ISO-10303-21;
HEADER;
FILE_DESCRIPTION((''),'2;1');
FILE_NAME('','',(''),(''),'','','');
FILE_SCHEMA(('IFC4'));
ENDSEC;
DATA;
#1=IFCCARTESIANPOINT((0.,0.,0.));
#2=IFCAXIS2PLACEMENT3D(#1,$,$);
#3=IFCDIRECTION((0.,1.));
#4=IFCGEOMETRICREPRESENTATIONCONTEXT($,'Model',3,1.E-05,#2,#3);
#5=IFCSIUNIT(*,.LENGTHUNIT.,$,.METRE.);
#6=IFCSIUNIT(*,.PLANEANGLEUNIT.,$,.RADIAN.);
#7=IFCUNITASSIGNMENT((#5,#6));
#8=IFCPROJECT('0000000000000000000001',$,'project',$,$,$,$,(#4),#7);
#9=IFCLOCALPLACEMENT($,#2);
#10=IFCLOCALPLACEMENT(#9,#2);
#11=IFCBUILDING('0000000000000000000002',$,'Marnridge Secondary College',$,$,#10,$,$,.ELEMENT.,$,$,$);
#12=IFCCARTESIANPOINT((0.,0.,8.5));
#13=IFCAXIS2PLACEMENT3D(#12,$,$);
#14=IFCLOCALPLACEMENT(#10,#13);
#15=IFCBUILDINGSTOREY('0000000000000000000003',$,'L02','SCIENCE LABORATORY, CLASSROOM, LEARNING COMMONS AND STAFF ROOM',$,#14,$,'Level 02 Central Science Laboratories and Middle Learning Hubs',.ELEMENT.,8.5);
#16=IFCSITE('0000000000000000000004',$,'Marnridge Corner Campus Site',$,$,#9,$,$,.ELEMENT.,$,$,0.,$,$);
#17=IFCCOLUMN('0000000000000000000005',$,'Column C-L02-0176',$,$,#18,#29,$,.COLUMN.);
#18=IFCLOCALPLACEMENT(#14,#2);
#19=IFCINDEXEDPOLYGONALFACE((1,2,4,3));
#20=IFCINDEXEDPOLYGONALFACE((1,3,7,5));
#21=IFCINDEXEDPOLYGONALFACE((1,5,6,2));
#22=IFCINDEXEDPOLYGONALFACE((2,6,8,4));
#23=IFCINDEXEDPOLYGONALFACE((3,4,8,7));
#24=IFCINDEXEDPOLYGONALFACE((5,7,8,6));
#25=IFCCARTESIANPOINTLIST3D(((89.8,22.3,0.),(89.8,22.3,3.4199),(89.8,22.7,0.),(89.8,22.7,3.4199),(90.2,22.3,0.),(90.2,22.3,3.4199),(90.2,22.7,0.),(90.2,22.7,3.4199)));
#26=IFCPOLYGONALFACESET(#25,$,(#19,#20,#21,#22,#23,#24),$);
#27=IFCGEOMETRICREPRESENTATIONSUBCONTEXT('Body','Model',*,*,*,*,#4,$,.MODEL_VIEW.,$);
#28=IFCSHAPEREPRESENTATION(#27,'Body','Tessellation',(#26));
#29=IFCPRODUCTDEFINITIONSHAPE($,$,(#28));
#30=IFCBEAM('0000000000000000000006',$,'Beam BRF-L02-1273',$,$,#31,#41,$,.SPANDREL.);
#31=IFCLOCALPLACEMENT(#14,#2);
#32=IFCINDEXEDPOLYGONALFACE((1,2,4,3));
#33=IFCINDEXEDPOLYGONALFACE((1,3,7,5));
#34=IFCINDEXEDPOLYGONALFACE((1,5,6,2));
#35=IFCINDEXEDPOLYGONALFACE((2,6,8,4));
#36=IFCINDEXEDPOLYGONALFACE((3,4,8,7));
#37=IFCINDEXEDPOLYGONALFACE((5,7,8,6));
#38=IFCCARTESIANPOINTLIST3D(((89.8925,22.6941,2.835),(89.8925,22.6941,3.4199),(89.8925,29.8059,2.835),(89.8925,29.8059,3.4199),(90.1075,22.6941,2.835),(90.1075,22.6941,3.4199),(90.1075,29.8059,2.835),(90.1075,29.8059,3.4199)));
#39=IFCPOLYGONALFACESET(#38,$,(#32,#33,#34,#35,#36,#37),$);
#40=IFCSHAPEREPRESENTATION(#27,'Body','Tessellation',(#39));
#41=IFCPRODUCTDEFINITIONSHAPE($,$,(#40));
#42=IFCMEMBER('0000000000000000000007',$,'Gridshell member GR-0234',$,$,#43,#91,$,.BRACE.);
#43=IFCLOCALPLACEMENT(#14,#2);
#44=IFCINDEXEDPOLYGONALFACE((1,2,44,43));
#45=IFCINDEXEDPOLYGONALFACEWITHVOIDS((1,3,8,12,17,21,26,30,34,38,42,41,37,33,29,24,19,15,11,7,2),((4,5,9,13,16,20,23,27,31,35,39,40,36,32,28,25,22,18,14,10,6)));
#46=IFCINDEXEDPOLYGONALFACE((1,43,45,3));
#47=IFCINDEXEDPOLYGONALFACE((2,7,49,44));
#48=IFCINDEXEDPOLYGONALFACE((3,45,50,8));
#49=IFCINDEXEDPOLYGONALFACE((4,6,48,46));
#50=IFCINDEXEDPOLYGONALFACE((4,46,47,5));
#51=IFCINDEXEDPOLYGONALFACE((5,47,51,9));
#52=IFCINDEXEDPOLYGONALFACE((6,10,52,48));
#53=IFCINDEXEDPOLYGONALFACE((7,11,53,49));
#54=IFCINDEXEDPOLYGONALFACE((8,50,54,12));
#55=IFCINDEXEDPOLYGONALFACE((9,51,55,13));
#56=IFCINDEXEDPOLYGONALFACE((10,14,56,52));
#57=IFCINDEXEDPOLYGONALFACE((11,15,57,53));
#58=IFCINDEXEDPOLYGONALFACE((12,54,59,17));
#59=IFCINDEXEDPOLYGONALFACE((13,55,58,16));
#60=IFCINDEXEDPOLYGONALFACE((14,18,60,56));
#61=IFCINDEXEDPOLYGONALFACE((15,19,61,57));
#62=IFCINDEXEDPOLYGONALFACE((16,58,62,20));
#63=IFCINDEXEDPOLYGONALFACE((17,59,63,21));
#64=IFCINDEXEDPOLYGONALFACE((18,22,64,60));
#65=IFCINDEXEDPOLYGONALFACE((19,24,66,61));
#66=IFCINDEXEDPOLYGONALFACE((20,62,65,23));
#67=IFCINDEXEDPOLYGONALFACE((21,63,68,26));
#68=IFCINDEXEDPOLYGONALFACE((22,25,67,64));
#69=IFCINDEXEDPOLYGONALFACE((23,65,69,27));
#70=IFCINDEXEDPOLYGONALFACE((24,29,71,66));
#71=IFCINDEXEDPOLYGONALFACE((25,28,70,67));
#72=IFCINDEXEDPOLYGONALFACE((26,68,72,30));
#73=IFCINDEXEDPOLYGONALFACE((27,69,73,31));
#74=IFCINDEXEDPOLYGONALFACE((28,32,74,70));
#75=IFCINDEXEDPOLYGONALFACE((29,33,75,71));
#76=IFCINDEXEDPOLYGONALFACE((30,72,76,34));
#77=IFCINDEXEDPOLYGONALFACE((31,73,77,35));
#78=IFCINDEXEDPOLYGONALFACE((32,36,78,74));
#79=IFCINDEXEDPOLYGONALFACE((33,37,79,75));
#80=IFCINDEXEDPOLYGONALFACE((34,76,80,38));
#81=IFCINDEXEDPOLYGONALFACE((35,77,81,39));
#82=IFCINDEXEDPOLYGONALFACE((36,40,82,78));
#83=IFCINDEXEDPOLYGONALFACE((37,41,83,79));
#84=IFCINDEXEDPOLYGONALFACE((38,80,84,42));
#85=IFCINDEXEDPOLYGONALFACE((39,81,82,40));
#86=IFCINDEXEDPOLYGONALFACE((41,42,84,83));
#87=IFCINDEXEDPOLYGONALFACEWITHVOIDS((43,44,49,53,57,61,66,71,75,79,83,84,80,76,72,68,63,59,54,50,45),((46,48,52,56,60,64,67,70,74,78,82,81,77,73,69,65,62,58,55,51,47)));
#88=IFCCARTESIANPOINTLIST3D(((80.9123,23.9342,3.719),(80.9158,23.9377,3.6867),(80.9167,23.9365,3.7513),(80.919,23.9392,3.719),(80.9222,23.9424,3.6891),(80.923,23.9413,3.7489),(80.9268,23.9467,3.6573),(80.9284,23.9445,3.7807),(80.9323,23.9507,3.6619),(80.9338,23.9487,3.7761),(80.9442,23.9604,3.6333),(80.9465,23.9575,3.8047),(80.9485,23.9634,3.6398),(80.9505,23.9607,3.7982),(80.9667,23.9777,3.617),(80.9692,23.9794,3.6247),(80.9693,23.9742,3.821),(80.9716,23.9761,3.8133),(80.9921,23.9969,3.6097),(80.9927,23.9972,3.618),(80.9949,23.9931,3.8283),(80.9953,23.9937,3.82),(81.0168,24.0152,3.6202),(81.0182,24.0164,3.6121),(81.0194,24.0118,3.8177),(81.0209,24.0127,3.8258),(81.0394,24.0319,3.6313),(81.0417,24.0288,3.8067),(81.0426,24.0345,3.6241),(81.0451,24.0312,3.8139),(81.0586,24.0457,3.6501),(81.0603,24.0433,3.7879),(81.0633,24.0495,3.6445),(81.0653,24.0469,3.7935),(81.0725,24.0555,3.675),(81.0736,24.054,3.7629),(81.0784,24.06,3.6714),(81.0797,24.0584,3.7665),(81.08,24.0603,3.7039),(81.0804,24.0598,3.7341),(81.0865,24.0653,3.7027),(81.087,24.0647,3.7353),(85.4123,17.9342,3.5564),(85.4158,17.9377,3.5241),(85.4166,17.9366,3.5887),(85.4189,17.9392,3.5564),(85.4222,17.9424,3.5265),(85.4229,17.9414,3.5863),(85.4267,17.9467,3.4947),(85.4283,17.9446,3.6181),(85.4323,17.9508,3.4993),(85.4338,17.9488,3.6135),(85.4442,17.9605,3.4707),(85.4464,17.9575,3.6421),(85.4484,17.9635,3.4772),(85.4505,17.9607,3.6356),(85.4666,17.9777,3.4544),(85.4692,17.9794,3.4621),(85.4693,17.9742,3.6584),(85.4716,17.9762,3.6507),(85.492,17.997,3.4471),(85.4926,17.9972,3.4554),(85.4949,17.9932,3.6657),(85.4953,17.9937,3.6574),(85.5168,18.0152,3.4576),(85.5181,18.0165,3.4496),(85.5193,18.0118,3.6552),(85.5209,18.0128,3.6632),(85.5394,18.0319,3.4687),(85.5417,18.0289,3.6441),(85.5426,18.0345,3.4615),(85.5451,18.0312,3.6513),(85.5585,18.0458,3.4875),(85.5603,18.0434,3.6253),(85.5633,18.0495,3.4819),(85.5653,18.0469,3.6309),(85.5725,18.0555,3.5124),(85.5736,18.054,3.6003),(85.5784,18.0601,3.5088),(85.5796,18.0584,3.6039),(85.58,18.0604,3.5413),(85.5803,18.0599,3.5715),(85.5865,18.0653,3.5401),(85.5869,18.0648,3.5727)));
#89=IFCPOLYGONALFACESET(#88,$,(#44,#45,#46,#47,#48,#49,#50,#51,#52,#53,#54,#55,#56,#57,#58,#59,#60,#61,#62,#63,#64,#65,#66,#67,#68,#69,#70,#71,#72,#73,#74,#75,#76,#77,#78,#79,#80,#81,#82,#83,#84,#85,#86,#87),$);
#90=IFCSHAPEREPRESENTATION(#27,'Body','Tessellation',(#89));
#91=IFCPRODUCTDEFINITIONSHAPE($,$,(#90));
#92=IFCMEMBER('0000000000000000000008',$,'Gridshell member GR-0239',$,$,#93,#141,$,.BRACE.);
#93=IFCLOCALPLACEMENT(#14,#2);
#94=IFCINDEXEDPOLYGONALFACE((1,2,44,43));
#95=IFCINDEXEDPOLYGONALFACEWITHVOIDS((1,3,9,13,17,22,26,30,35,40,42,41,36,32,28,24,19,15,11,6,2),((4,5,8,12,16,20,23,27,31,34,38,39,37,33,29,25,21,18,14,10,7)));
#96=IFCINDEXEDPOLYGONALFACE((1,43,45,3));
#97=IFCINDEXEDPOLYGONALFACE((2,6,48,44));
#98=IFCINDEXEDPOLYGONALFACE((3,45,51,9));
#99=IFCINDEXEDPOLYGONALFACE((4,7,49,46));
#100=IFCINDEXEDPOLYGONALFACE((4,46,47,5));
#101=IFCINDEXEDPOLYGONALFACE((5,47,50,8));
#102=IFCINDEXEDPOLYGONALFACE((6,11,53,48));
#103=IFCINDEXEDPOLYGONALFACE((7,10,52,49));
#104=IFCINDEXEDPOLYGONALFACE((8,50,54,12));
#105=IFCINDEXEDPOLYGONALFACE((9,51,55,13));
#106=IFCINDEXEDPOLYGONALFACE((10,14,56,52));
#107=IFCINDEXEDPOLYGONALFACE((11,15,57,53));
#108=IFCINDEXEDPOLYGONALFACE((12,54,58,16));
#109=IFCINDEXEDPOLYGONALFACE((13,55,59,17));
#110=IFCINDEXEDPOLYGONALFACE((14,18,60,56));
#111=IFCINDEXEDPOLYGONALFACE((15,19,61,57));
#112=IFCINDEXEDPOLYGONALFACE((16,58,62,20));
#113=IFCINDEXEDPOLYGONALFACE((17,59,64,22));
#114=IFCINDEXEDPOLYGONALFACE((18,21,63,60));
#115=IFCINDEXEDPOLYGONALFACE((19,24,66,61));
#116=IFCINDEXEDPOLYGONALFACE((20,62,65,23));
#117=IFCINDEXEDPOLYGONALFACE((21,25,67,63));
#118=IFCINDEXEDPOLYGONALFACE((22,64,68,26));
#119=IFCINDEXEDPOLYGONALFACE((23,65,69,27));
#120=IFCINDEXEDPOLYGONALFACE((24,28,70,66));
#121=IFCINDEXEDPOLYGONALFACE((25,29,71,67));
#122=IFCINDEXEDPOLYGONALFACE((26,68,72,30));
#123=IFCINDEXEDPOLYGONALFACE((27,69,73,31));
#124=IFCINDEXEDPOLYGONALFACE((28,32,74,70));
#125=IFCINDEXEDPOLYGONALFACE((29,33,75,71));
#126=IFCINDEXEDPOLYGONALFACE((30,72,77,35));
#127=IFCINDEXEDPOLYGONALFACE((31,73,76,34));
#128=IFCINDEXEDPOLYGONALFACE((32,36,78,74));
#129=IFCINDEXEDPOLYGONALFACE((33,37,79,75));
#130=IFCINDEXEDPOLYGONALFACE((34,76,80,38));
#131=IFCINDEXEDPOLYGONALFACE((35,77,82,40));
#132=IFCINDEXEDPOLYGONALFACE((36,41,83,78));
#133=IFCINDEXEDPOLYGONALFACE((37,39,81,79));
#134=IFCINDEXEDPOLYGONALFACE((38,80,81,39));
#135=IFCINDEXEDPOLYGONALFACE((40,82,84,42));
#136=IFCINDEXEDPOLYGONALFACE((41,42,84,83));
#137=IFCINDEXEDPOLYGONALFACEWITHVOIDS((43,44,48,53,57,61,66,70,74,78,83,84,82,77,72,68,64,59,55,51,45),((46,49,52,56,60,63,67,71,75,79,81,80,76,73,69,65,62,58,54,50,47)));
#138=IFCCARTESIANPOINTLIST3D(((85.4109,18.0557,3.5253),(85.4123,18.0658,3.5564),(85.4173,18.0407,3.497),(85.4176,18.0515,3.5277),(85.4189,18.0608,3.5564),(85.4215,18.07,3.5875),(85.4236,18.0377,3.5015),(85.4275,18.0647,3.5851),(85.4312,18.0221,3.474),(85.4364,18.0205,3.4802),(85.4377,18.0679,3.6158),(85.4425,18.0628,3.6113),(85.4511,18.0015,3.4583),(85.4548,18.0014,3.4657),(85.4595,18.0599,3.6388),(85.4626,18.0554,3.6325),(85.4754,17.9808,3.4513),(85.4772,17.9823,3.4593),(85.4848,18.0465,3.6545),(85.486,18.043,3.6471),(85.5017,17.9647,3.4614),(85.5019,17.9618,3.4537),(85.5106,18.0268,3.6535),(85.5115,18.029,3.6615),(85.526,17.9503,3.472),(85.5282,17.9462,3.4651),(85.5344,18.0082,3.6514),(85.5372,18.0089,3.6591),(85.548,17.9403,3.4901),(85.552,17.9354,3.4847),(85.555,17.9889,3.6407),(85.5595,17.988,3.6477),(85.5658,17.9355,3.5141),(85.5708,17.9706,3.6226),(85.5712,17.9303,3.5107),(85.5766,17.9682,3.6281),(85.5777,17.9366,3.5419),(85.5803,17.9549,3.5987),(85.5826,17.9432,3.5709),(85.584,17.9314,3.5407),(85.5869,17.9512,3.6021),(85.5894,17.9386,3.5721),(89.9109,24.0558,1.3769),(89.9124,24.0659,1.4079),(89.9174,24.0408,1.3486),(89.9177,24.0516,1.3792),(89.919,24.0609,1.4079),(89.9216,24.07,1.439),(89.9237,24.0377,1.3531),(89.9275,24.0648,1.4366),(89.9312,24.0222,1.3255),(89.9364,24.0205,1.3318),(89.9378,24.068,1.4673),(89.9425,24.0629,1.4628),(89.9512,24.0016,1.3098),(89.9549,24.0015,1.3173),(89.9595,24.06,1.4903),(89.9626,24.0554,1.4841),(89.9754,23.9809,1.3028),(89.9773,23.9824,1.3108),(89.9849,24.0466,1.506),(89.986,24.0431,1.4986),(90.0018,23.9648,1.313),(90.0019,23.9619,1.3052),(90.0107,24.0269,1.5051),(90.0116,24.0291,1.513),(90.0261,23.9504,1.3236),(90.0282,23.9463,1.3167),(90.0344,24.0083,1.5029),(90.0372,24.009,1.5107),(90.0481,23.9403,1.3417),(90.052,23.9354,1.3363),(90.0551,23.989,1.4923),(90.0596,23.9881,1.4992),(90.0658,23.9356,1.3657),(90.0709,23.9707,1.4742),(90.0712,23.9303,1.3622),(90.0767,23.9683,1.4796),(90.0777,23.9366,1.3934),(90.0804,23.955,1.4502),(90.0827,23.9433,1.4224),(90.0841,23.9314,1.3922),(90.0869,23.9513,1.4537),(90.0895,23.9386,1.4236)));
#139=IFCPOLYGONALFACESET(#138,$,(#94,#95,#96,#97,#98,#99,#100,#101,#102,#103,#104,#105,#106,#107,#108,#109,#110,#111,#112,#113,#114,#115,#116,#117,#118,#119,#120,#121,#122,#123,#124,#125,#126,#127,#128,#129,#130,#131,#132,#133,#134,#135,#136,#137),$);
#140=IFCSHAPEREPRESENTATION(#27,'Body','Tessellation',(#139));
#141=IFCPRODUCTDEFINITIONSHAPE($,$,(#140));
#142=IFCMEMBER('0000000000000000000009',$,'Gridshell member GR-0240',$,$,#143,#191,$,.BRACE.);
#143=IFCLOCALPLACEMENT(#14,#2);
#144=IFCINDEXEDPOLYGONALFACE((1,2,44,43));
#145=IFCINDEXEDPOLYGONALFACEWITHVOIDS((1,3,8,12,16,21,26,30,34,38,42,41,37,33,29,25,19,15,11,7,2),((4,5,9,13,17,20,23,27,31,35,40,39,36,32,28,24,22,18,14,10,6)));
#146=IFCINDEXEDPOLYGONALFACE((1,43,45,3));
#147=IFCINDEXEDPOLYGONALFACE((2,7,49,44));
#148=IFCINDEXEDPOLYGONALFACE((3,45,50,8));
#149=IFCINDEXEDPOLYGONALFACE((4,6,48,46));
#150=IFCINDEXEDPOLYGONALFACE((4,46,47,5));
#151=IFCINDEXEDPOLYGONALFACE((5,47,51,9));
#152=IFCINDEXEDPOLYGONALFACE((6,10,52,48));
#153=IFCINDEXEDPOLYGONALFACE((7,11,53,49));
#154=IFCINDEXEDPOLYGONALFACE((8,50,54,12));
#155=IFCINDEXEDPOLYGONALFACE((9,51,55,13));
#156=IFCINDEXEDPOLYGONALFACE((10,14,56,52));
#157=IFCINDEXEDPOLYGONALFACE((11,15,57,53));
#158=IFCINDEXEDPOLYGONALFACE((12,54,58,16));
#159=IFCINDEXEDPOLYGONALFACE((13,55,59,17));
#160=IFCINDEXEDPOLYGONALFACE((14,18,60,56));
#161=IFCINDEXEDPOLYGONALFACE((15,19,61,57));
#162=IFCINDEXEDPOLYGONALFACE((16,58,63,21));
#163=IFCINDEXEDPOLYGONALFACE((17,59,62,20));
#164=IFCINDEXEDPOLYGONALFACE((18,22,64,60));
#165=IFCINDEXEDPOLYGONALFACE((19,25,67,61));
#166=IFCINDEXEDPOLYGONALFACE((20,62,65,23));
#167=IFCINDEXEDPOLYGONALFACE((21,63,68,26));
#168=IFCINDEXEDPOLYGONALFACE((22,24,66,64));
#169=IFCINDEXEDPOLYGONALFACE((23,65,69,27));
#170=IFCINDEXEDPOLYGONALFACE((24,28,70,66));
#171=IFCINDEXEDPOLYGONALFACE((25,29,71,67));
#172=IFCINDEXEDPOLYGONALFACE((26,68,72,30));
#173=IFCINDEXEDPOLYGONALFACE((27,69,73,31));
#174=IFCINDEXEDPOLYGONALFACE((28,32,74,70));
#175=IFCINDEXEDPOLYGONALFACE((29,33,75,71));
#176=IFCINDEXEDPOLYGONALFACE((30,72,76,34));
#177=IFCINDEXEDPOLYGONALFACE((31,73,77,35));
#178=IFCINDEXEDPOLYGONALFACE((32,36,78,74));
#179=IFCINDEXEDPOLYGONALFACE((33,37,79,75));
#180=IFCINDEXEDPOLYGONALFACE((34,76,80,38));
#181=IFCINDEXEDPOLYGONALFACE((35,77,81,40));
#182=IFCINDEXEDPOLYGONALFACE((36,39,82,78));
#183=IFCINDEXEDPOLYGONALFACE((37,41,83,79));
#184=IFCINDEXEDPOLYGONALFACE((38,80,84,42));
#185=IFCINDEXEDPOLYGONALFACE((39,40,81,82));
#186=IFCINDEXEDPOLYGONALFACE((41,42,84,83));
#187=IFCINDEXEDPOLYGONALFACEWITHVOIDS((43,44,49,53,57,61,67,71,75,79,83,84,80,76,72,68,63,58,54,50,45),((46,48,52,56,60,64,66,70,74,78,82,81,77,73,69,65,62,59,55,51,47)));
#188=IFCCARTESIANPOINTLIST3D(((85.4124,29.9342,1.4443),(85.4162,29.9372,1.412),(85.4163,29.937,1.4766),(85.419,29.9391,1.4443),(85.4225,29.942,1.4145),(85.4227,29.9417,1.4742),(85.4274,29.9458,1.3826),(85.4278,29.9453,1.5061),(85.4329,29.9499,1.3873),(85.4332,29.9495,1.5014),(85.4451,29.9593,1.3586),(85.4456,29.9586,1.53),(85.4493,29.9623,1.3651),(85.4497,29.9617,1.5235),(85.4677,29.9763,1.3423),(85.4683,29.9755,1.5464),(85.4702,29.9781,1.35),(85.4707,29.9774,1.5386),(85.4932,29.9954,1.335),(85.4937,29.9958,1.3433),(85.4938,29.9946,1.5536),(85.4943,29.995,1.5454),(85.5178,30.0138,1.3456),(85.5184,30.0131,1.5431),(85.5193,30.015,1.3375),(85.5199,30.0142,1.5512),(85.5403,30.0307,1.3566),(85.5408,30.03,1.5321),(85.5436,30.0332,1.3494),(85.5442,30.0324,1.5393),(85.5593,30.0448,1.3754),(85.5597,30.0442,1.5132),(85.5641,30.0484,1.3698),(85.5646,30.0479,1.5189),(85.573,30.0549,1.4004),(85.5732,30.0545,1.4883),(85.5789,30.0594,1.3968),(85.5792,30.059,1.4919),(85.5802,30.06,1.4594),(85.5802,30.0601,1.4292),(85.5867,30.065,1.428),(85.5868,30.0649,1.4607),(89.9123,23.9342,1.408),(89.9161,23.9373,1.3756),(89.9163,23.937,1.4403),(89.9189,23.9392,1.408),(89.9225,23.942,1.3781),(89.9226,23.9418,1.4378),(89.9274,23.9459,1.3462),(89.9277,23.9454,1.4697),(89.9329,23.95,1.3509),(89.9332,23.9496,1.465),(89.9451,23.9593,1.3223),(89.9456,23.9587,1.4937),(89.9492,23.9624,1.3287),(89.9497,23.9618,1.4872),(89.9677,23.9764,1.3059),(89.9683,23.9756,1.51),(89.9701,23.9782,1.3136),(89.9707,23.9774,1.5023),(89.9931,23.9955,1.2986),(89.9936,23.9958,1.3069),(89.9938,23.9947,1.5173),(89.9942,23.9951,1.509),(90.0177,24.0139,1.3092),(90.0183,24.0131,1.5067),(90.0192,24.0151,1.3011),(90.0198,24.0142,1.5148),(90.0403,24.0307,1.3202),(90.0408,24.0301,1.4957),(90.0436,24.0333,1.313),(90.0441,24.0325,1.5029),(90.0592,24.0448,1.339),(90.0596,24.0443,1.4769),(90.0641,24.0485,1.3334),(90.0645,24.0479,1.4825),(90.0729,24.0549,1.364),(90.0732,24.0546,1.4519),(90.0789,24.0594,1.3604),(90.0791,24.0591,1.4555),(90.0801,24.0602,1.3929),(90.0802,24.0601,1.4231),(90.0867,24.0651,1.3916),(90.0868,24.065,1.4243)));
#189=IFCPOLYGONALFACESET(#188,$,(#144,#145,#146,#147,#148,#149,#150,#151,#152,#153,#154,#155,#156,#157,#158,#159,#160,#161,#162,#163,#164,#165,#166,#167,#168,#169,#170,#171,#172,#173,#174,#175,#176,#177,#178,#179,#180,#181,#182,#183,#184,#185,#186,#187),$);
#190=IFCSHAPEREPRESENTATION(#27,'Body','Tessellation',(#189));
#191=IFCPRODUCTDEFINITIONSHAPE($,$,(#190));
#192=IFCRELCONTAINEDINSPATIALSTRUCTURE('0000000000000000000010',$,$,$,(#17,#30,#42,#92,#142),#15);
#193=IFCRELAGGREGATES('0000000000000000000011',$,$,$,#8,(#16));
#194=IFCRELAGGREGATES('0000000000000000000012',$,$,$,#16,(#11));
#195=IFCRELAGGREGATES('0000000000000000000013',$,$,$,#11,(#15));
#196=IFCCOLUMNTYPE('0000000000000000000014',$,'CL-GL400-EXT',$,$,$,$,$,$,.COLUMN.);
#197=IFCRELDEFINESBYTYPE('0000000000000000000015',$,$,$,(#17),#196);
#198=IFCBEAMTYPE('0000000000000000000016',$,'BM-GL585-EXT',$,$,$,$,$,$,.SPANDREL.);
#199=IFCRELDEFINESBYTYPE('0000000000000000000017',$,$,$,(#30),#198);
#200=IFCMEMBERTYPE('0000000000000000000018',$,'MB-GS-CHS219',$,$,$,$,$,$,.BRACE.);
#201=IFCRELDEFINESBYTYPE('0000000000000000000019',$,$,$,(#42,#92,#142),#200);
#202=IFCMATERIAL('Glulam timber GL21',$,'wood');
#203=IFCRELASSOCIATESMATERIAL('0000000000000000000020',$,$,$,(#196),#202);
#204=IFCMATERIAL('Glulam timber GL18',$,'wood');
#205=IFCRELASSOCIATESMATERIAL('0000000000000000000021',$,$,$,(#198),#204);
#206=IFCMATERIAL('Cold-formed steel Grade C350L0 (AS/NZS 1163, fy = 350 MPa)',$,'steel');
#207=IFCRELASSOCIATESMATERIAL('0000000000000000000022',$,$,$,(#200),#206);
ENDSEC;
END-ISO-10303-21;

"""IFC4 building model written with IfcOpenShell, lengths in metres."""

from ifc_helpers import new_model, si_unit, direction, frame, origin, origin_2d, place, context, subcontext, project, spatial, rectangle, hollow_circle, extrude, material, material_profile, profile_set, type_object, element, save


model = new_model("IFC4")

# Units and contexts
model_context = context("Model", 3, precision=1e-05, world=origin(), true_north=direction((0.0, 1.0)))
body_context = subcontext(model_context, "Body", "Model", "MODEL_VIEW")
ifc_project = project(units=[si_unit("LENGTHUNIT", "METRE"), si_unit("PLANEANGLEUNIT", "RADIAN")], contexts=[model_context])

# Site, building, storey
site_placement = place(None, origin())
site = spatial("IfcSite", under=ifc_project, at=site_placement, Name="Marnridge Corner Campus Site", CompositionType="ELEMENT", RefElevation=0.0)
building_placement = place(site_placement, origin())
building = spatial("IfcBuilding", under=site, at=building_placement, Name="Marnridge Secondary College", CompositionType="ELEMENT")
storey_placement = place(building_placement, frame((0.0, 0.0, 8.5)))
storey = spatial("IfcBuildingStorey", under=building, at=storey_placement, Name="L02", Description="SCIENCE LABORATORY, CLASSROOM, LEARNING COMMONS AND STAFF ROOM", LongName="Level 02 Central Science Laboratories and Middle Learning Hubs", CompositionType="ELEMENT", Elevation=8.5)

# Column
ifc_material_1 = material(Name="Glulam timber GL21", Category="wood")
ifc_material_profile_1 = material_profile(ifc_material_1, rectangle(XDim=0.3999, YDim=0.3999, at=origin_2d()), Name="GL21 400x400")
ifc_profile_set_1 = profile_set([ifc_material_profile_1], Name="Glulam timber GL21")
column_type = type_object("IfcColumnType", Name="CL-GL400-EXT", PredefinedType="COLUMN", material=ifc_profile_set_1)
column_placement = place(storey_placement, frame((90.0, 22.5, 0.0), z_axis=(0.0, 0.0, 1.0), x_axis=(1.0, 0.0, 0.0)))
element("IfcColumn", 1, at=column_placement, inside=storey, type_object=column_type, Name="Column C-L02-0176", PredefinedType="COLUMN", context=body_context, shape_type="SweptSolid", body=[
    extrude(rectangle(XDim=0.3999, YDim=0.3999, at=origin_2d()), origin(), (0.0, 0.0, 1.0), 3.4199),
])

# Beam
ifc_material_2 = material(Name="Glulam timber GL18", Category="wood")
ifc_material_profile_2 = material_profile(ifc_material_2, rectangle(XDim=0.2151, YDim=0.585, at=origin_2d()), Name="GL18 215x585")
ifc_profile_set_2 = profile_set([ifc_material_profile_2], Name="Glulam timber GL18")
beam_type = type_object("IfcBeamType", Name="BM-GL585-EXT", PredefinedType="SPANDREL", material=ifc_profile_set_2)
beam_placement = place(storey_placement, frame((90.0, 22.6941, 3.1274), z_axis=(0.0, 1.0, 0.0), x_axis=(-1.0, 0.0, 0.0)))
element("IfcBeam", 2, at=beam_placement, inside=storey, type_object=beam_type, Name="Beam BRF-L02-1273", PredefinedType="SPANDREL", context=body_context, shape_type="SweptSolid", body=[
    extrude(rectangle(XDim=0.2151, YDim=0.585, at=origin_2d()), origin(), (0.0, 0.0, 1.0), 7.1118),
])

# Members
ifc_material_3 = material(Name="Cold-formed steel Grade C350L0 (AS/NZS 1163, fy = 350 MPa)", Category="steel")
ifc_material_profile_3 = material_profile(ifc_material_3, hollow_circle(Radius=0.1096, WallThickness=0.0083, at=origin_2d()), Name="219.1x8.2CHS")
ifc_profile_set_3 = profile_set([ifc_material_profile_3], Name="Cold-formed steel Grade C350L0 (AS/NZS 1163, fy = 350 MPa)")
member_type_1 = type_object("IfcMemberType", Name="MB-GS-CHS219", PredefinedType="BRACE", material=ifc_profile_set_3)
member_1_placement = place(storey_placement, frame((85.5, 18.0, 3.5564), z_axis=(-0.599859, 0.799812, 0.021675), x_axis=(-0.8, -0.6, 0.0)))
element("IfcMember", 3, at=member_1_placement, inside=storey, type_object=member_type_1, Name="Gridshell member GR-0234", PredefinedType="BRACE", context=body_context, shape_type="SweptSolid", body=[
    extrude(hollow_circle(Radius=0.1096, WallThickness=0.0083, at=origin_2d()), origin(), (0.0, 0.0, 1.0), 7.5017),
])
member_2_placement = place(storey_placement, frame((85.5, 18.0, 3.5564), z_axis=(0.576801, 0.769068, -0.275382), x_axis=(-0.8, 0.6, 0.0)))
element("IfcMember", 4, at=member_2_placement, inside=storey, type_object=member_type_1, Name="Gridshell member GR-0239", PredefinedType="BRACE", context=body_context, shape_type="SweptSolid", body=[
    extrude(hollow_circle(Radius=0.1096, WallThickness=0.0083, at=origin_2d()), origin(), (0.0, 0.0, 1.0), 7.8018),
])
member_3_placement = place(storey_placement, frame((90.0, 24.0, 1.408), z_axis=(-0.599993, 0.799991, 0.00485), x_axis=(-0.8, -0.6, 0.0)))
element("IfcMember", 5, at=member_3_placement, inside=storey, type_object=member_type_1, Name="Gridshell member GR-0240", PredefinedType="BRACE", context=body_context, shape_type="SweptSolid", body=[
    extrude(hollow_circle(Radius=0.1096, WallThickness=0.0083, at=origin_2d()), origin(), (0.0, 0.0, 1.0), 7.5),
])

save(model, "model.ifc")
